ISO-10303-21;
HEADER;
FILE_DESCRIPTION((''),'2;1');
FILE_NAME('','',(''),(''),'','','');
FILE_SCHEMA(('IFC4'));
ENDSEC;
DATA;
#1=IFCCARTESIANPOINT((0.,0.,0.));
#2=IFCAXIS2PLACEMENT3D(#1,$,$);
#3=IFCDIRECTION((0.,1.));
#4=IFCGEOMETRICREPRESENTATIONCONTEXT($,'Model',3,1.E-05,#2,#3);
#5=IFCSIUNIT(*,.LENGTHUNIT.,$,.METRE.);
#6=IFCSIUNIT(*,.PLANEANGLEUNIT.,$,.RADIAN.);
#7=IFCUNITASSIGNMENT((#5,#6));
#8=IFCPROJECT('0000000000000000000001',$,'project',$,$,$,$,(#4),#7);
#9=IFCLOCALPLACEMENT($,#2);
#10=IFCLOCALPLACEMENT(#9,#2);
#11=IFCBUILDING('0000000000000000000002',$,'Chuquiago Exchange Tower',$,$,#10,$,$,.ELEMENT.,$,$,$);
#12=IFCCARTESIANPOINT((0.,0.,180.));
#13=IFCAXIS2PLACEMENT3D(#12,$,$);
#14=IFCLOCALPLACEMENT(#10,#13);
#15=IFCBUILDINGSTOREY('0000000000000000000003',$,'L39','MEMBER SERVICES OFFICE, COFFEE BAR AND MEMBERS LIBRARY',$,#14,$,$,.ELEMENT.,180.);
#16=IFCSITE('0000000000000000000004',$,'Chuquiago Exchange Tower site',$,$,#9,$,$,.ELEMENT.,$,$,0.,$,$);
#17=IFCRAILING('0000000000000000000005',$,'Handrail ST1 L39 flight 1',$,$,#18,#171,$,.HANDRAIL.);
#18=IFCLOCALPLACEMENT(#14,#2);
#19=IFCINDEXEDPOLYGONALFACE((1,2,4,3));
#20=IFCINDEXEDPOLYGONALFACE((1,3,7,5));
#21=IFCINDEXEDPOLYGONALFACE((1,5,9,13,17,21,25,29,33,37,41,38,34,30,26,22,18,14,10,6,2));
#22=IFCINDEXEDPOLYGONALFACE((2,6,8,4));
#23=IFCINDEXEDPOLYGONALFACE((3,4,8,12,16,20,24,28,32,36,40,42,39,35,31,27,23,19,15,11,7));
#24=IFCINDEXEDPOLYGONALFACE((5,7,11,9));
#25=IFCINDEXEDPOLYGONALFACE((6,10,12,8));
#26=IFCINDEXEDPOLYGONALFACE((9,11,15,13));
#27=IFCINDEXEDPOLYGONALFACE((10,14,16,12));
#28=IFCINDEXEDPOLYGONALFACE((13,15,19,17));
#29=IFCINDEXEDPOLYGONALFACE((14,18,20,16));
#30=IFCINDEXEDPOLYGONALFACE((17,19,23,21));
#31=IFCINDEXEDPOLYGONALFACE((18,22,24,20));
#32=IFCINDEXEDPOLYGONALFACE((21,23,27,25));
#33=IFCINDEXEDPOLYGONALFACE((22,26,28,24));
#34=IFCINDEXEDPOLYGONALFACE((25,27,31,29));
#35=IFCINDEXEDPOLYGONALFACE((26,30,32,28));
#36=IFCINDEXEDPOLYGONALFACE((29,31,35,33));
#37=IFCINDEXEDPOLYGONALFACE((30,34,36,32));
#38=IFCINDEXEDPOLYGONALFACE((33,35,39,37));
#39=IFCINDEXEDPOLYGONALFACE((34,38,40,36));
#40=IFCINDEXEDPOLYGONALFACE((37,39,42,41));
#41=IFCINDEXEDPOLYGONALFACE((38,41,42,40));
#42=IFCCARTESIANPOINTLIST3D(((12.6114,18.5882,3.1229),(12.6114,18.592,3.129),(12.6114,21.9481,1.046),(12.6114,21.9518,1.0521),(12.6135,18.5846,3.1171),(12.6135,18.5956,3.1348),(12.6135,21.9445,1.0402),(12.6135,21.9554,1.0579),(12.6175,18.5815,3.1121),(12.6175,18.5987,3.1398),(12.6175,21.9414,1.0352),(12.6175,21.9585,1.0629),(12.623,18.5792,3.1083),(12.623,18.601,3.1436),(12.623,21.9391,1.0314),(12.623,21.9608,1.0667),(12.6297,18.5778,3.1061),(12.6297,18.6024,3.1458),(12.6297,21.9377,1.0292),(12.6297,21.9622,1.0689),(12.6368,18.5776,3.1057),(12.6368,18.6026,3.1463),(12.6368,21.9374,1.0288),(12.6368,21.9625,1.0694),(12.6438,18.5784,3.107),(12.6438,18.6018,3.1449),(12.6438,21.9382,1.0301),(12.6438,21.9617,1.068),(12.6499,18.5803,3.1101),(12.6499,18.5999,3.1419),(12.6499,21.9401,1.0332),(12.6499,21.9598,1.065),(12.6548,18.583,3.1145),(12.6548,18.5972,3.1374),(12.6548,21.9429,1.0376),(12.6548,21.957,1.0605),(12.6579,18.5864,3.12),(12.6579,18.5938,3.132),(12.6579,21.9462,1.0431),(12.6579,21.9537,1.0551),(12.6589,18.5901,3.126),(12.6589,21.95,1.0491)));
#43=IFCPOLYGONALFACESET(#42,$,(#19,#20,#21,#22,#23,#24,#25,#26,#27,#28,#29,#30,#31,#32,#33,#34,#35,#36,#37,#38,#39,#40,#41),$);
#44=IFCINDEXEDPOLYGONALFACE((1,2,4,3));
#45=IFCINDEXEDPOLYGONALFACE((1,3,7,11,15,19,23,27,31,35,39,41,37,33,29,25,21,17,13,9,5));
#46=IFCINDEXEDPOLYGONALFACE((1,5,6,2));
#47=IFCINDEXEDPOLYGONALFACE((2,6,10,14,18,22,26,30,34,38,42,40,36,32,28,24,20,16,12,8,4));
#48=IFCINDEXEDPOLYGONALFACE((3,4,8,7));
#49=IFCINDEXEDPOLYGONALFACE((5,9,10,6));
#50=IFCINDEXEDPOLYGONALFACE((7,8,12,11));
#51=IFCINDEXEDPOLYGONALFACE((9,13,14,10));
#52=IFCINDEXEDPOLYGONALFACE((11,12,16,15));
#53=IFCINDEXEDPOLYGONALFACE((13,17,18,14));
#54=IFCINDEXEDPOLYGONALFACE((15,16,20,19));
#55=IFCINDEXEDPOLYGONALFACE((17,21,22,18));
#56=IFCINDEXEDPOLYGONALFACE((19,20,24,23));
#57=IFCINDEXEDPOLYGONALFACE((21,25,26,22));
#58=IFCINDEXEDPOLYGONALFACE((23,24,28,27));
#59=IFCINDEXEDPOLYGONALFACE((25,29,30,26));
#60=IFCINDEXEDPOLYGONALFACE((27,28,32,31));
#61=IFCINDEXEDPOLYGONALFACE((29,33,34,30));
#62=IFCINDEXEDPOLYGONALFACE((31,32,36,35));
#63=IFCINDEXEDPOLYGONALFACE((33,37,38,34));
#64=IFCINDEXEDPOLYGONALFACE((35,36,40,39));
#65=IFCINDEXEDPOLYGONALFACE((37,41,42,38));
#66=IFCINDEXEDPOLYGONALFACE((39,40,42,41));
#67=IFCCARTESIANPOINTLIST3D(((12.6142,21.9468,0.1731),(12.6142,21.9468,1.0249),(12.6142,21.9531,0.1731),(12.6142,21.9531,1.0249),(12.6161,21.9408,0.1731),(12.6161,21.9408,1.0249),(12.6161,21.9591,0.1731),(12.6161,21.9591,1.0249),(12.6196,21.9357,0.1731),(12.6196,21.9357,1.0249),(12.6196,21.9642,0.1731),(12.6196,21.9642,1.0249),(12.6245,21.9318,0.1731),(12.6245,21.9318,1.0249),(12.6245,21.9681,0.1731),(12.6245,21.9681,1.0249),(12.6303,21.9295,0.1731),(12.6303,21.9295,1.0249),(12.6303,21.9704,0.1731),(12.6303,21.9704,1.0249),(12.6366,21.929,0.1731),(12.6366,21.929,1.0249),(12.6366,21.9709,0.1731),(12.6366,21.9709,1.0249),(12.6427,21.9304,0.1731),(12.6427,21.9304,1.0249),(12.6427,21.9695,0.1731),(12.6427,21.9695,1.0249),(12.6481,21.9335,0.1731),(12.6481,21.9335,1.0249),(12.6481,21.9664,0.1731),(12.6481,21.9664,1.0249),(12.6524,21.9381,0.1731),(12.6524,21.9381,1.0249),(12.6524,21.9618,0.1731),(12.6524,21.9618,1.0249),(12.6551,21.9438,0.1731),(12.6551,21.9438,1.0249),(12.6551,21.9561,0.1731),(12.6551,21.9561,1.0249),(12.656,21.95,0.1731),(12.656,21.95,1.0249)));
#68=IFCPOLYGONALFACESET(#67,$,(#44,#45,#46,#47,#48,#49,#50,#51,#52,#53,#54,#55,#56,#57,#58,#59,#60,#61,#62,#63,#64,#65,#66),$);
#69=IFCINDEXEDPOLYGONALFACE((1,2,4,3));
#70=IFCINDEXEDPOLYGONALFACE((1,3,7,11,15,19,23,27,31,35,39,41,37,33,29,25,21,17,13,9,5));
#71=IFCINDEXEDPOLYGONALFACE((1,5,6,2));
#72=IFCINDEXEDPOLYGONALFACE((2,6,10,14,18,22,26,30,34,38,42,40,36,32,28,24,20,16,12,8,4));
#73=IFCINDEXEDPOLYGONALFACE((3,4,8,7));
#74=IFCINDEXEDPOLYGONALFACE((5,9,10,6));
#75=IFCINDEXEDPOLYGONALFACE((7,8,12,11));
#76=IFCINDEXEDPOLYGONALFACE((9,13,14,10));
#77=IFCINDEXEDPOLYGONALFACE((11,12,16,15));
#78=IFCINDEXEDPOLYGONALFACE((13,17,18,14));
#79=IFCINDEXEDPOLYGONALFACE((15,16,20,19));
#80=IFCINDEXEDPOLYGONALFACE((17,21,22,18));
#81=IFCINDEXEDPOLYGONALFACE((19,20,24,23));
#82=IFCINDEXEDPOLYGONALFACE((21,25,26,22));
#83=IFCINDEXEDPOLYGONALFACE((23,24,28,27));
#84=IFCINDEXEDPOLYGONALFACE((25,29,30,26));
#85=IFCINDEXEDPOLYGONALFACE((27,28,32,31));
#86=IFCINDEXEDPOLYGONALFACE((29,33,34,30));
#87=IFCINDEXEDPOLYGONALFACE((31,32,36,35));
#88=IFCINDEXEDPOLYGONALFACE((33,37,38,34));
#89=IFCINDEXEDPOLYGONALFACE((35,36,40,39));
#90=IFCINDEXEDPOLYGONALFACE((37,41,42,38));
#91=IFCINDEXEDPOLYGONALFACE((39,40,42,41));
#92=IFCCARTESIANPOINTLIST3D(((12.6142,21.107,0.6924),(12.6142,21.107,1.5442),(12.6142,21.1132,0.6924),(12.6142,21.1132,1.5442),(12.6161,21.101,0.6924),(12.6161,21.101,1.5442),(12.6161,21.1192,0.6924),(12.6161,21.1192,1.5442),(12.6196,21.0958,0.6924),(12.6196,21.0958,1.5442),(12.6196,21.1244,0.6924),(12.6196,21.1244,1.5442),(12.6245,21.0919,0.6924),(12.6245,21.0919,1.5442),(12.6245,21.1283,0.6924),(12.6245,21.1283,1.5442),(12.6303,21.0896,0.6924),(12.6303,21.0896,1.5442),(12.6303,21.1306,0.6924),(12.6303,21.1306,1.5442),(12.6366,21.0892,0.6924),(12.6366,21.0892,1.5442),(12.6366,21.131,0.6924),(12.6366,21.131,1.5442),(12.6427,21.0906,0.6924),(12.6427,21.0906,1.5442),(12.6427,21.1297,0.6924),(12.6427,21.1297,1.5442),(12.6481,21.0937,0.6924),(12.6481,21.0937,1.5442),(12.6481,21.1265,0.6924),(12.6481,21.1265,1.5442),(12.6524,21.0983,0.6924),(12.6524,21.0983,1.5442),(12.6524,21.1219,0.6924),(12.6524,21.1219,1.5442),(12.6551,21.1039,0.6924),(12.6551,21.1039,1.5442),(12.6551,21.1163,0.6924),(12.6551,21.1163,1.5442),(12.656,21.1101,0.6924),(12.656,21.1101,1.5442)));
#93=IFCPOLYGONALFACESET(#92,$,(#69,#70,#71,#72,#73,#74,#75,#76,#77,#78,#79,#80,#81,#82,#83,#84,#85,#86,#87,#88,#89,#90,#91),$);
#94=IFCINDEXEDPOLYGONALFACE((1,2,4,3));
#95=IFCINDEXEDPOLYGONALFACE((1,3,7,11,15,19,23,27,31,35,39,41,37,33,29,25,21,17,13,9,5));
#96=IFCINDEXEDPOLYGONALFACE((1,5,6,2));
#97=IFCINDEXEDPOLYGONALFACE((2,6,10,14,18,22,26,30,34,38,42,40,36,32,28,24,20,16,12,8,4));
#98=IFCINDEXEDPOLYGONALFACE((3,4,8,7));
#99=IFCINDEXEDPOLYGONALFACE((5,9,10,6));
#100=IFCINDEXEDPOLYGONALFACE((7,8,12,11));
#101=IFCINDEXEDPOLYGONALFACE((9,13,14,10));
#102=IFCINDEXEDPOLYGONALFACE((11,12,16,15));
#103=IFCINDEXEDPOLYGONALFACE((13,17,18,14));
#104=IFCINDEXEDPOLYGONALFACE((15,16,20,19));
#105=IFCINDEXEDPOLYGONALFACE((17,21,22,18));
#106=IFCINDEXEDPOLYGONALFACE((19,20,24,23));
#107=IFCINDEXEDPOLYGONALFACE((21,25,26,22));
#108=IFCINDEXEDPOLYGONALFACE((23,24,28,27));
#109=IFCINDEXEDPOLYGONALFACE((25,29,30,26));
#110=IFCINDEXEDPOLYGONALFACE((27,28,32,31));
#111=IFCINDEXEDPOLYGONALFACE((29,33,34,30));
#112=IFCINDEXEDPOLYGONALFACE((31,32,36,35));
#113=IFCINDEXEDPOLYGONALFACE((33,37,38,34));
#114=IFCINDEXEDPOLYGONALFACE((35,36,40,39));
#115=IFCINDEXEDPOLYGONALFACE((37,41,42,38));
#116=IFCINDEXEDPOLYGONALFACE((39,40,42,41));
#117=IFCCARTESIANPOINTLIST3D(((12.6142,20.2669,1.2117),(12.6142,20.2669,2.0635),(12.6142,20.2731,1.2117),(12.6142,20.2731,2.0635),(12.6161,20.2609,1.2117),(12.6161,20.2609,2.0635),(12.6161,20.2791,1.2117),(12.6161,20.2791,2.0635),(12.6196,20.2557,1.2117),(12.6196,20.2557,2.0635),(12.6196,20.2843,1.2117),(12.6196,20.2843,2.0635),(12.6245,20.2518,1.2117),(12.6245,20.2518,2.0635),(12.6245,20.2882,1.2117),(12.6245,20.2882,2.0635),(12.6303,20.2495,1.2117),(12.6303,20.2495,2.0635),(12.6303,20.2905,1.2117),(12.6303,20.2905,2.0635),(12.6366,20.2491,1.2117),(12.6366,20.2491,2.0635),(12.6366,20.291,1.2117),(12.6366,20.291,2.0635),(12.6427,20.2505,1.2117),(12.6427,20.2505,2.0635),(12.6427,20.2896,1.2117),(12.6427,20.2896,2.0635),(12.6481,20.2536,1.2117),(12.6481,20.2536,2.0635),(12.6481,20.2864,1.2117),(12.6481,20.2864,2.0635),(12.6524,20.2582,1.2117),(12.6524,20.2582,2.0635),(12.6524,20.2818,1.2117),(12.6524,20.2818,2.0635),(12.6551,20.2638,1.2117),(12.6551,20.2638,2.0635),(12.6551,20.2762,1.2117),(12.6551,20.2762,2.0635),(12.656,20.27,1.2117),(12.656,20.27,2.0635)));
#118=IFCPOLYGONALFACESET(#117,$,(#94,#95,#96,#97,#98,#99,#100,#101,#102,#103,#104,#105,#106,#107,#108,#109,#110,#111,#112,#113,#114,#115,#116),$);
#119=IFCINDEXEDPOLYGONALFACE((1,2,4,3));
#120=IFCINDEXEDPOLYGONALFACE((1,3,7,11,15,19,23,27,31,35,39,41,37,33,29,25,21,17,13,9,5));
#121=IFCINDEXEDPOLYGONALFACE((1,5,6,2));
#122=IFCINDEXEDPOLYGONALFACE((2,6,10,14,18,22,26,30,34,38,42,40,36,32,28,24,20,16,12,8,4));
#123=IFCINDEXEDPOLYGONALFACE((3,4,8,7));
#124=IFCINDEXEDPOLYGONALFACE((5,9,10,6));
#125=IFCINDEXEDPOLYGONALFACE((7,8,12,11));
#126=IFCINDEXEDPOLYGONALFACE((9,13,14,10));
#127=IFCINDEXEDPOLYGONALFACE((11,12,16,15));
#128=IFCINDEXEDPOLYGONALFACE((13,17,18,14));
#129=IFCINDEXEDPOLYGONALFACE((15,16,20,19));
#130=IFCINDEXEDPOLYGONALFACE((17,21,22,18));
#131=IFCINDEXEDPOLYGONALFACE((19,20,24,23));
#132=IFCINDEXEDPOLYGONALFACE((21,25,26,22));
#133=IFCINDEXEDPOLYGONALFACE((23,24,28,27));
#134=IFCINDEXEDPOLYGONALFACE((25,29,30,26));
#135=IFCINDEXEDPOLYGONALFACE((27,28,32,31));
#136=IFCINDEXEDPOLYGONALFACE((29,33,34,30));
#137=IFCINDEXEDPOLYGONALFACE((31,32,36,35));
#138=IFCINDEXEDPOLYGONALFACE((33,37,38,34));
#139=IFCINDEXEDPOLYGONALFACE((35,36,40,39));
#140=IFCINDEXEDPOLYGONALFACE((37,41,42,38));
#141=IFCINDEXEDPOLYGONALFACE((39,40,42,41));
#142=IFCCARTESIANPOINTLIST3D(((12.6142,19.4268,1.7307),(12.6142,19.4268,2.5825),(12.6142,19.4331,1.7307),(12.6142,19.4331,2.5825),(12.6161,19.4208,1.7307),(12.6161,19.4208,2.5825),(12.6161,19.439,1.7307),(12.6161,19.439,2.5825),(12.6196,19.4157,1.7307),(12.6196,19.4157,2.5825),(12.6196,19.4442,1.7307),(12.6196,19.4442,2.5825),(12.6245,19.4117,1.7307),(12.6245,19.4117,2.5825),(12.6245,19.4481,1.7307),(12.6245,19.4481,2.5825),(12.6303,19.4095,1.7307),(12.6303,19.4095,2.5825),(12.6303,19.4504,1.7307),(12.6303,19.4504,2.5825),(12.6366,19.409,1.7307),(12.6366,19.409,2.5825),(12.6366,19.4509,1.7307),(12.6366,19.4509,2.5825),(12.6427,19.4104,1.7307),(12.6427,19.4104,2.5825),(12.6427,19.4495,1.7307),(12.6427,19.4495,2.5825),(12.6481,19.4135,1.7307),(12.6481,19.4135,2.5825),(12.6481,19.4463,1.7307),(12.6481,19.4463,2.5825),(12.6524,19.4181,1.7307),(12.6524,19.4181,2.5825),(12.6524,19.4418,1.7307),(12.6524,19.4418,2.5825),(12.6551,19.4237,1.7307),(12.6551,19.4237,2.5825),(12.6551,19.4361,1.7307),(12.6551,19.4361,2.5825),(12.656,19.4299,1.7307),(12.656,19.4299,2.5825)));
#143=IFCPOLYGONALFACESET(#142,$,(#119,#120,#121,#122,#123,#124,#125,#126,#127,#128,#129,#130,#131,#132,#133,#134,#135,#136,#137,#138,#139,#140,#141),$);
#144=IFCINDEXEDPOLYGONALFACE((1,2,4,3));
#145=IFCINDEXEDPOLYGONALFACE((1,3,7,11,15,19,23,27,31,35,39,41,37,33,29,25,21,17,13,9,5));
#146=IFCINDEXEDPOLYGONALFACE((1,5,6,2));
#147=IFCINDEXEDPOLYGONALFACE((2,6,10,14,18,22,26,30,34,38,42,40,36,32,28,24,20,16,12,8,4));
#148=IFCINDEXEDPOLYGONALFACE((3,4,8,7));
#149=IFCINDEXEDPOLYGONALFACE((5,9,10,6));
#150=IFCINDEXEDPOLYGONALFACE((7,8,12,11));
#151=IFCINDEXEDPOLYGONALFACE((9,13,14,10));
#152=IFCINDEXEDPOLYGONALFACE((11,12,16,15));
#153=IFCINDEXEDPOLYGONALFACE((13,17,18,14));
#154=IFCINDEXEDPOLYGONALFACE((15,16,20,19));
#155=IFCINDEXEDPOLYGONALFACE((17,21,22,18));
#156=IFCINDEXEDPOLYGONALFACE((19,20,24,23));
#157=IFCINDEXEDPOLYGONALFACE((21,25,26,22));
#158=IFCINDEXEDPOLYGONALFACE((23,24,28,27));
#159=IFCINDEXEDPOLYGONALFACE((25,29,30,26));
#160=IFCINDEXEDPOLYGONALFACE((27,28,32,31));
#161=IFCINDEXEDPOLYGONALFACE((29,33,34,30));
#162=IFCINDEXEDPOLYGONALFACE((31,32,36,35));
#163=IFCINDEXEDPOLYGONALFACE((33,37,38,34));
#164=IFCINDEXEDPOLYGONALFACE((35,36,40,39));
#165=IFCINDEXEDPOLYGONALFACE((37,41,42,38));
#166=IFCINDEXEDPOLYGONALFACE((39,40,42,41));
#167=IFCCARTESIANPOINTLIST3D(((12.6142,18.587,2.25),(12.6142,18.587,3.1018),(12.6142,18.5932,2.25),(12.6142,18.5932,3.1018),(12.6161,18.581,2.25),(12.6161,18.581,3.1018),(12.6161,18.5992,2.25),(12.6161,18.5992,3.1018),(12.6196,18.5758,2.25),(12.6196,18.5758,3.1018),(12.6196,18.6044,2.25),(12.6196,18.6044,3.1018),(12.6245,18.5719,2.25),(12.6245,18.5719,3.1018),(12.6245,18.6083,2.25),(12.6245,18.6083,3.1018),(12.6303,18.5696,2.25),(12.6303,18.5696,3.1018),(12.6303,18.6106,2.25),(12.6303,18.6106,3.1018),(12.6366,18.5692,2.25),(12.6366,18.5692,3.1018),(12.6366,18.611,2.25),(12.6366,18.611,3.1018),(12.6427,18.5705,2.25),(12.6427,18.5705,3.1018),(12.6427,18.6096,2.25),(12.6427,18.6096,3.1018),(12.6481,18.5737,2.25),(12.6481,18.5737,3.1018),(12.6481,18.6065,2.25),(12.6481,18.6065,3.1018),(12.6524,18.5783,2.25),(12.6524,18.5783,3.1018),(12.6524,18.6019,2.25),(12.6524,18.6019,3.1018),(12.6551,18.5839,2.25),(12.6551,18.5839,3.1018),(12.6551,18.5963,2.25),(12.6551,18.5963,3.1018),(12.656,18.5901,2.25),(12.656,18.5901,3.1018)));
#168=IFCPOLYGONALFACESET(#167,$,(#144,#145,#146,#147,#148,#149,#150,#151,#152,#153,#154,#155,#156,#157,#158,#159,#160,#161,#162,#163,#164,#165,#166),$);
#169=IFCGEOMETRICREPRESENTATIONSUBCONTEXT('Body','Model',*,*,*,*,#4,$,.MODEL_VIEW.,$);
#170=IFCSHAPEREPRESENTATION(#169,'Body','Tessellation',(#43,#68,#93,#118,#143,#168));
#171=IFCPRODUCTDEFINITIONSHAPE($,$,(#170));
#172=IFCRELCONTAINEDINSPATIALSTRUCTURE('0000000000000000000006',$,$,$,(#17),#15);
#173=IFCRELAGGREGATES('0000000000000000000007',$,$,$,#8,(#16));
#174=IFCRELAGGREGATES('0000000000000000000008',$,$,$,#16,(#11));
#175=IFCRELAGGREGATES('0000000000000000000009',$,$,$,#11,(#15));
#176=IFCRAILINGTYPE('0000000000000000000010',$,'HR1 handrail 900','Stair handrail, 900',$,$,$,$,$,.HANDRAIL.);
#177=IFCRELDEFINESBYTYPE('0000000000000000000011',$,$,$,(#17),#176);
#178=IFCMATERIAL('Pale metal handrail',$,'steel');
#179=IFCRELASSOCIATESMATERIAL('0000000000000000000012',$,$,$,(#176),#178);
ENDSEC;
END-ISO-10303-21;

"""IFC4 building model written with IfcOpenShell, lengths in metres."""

from ifc_helpers import new_model, si_unit, direction, frame, origin, origin_2d, place, context, subcontext, project, spatial, circle, extrude, material, type_object, element, save


model = new_model("IFC4")

# Units and contexts
model_context = context("Model", 3, precision=1e-05, world=origin(), true_north=direction((0.0, 1.0)))
body_context = subcontext(model_context, "Body", "Model", "MODEL_VIEW")
ifc_project = project(units=[si_unit("LENGTHUNIT", "METRE"), si_unit("PLANEANGLEUNIT", "RADIAN")], contexts=[model_context])

# Site, building, storey
site_placement = place(None, origin())
site = spatial("IfcSite", under=ifc_project, at=site_placement, Name="Chuquiago Exchange Tower site", CompositionType="ELEMENT", RefElevation=0.0)
building_placement = place(site_placement, origin())
building = spatial("IfcBuilding", under=site, at=building_placement, Name="Chuquiago Exchange Tower", CompositionType="ELEMENT")
storey_placement = place(building_placement, frame((0.0, 0.0, 180.0)))
storey = spatial("IfcBuildingStorey", under=building, at=storey_placement, Name="L39", Description="MEMBER SERVICES OFFICE, COFFEE BAR AND MEMBERS LIBRARY", CompositionType="ELEMENT", Elevation=180.0)

# Railing
ifc_material_1 = material(Name="Pale metal handrail", Category="steel")
railing_type = type_object("IfcRailingType", Name="HR1 handrail 900", Description="Stair handrail, 900", PredefinedType="HANDRAIL", material=ifc_material_1)
for number, where, name in (
    (1, (12.635, 21.95, 0.1731), "Handrail ST1 L39 flight 1"),
):
    element("IfcRailing", number, at=place(storey_placement, frame(where)), inside=storey, type_object=railing_type, Name=name, PredefinedType="HANDRAIL", context=body_context, shape_type="SweptSolid", body=[
        extrude(circle(Radius=0.0239, at=origin_2d()), frame((0.0, 0.0, 0.876), z_axis=(0.0, -0.850606, 0.525803), x_axis=(1.0, 0.0, 0.0)), (0.0, 0.0, 1.0), 3.95),
        extrude(circle(Radius=0.021, at=origin_2d()), origin(), (0.0, 0.0, 1.0), 0.8518),
        extrude(circle(Radius=0.021, at=origin_2d()), frame((0.0, -0.8398, 0.5193)), (0.0, 0.0, 1.0), 0.8518),
        extrude(circle(Radius=0.021, at=origin_2d()), frame((0.0, -1.6799, 1.0386)), (0.0, 0.0, 1.0), 0.8518),
        extrude(circle(Radius=0.021, at=origin_2d()), frame((0.0, -2.52, 1.5576)), (0.0, 0.0, 1.0), 0.8518),
        extrude(circle(Radius=0.021, at=origin_2d()), frame((0.0, -3.3599, 2.0769)), (0.0, 0.0, 1.0), 0.8518),
    ])

save(model, "model.ifc")
